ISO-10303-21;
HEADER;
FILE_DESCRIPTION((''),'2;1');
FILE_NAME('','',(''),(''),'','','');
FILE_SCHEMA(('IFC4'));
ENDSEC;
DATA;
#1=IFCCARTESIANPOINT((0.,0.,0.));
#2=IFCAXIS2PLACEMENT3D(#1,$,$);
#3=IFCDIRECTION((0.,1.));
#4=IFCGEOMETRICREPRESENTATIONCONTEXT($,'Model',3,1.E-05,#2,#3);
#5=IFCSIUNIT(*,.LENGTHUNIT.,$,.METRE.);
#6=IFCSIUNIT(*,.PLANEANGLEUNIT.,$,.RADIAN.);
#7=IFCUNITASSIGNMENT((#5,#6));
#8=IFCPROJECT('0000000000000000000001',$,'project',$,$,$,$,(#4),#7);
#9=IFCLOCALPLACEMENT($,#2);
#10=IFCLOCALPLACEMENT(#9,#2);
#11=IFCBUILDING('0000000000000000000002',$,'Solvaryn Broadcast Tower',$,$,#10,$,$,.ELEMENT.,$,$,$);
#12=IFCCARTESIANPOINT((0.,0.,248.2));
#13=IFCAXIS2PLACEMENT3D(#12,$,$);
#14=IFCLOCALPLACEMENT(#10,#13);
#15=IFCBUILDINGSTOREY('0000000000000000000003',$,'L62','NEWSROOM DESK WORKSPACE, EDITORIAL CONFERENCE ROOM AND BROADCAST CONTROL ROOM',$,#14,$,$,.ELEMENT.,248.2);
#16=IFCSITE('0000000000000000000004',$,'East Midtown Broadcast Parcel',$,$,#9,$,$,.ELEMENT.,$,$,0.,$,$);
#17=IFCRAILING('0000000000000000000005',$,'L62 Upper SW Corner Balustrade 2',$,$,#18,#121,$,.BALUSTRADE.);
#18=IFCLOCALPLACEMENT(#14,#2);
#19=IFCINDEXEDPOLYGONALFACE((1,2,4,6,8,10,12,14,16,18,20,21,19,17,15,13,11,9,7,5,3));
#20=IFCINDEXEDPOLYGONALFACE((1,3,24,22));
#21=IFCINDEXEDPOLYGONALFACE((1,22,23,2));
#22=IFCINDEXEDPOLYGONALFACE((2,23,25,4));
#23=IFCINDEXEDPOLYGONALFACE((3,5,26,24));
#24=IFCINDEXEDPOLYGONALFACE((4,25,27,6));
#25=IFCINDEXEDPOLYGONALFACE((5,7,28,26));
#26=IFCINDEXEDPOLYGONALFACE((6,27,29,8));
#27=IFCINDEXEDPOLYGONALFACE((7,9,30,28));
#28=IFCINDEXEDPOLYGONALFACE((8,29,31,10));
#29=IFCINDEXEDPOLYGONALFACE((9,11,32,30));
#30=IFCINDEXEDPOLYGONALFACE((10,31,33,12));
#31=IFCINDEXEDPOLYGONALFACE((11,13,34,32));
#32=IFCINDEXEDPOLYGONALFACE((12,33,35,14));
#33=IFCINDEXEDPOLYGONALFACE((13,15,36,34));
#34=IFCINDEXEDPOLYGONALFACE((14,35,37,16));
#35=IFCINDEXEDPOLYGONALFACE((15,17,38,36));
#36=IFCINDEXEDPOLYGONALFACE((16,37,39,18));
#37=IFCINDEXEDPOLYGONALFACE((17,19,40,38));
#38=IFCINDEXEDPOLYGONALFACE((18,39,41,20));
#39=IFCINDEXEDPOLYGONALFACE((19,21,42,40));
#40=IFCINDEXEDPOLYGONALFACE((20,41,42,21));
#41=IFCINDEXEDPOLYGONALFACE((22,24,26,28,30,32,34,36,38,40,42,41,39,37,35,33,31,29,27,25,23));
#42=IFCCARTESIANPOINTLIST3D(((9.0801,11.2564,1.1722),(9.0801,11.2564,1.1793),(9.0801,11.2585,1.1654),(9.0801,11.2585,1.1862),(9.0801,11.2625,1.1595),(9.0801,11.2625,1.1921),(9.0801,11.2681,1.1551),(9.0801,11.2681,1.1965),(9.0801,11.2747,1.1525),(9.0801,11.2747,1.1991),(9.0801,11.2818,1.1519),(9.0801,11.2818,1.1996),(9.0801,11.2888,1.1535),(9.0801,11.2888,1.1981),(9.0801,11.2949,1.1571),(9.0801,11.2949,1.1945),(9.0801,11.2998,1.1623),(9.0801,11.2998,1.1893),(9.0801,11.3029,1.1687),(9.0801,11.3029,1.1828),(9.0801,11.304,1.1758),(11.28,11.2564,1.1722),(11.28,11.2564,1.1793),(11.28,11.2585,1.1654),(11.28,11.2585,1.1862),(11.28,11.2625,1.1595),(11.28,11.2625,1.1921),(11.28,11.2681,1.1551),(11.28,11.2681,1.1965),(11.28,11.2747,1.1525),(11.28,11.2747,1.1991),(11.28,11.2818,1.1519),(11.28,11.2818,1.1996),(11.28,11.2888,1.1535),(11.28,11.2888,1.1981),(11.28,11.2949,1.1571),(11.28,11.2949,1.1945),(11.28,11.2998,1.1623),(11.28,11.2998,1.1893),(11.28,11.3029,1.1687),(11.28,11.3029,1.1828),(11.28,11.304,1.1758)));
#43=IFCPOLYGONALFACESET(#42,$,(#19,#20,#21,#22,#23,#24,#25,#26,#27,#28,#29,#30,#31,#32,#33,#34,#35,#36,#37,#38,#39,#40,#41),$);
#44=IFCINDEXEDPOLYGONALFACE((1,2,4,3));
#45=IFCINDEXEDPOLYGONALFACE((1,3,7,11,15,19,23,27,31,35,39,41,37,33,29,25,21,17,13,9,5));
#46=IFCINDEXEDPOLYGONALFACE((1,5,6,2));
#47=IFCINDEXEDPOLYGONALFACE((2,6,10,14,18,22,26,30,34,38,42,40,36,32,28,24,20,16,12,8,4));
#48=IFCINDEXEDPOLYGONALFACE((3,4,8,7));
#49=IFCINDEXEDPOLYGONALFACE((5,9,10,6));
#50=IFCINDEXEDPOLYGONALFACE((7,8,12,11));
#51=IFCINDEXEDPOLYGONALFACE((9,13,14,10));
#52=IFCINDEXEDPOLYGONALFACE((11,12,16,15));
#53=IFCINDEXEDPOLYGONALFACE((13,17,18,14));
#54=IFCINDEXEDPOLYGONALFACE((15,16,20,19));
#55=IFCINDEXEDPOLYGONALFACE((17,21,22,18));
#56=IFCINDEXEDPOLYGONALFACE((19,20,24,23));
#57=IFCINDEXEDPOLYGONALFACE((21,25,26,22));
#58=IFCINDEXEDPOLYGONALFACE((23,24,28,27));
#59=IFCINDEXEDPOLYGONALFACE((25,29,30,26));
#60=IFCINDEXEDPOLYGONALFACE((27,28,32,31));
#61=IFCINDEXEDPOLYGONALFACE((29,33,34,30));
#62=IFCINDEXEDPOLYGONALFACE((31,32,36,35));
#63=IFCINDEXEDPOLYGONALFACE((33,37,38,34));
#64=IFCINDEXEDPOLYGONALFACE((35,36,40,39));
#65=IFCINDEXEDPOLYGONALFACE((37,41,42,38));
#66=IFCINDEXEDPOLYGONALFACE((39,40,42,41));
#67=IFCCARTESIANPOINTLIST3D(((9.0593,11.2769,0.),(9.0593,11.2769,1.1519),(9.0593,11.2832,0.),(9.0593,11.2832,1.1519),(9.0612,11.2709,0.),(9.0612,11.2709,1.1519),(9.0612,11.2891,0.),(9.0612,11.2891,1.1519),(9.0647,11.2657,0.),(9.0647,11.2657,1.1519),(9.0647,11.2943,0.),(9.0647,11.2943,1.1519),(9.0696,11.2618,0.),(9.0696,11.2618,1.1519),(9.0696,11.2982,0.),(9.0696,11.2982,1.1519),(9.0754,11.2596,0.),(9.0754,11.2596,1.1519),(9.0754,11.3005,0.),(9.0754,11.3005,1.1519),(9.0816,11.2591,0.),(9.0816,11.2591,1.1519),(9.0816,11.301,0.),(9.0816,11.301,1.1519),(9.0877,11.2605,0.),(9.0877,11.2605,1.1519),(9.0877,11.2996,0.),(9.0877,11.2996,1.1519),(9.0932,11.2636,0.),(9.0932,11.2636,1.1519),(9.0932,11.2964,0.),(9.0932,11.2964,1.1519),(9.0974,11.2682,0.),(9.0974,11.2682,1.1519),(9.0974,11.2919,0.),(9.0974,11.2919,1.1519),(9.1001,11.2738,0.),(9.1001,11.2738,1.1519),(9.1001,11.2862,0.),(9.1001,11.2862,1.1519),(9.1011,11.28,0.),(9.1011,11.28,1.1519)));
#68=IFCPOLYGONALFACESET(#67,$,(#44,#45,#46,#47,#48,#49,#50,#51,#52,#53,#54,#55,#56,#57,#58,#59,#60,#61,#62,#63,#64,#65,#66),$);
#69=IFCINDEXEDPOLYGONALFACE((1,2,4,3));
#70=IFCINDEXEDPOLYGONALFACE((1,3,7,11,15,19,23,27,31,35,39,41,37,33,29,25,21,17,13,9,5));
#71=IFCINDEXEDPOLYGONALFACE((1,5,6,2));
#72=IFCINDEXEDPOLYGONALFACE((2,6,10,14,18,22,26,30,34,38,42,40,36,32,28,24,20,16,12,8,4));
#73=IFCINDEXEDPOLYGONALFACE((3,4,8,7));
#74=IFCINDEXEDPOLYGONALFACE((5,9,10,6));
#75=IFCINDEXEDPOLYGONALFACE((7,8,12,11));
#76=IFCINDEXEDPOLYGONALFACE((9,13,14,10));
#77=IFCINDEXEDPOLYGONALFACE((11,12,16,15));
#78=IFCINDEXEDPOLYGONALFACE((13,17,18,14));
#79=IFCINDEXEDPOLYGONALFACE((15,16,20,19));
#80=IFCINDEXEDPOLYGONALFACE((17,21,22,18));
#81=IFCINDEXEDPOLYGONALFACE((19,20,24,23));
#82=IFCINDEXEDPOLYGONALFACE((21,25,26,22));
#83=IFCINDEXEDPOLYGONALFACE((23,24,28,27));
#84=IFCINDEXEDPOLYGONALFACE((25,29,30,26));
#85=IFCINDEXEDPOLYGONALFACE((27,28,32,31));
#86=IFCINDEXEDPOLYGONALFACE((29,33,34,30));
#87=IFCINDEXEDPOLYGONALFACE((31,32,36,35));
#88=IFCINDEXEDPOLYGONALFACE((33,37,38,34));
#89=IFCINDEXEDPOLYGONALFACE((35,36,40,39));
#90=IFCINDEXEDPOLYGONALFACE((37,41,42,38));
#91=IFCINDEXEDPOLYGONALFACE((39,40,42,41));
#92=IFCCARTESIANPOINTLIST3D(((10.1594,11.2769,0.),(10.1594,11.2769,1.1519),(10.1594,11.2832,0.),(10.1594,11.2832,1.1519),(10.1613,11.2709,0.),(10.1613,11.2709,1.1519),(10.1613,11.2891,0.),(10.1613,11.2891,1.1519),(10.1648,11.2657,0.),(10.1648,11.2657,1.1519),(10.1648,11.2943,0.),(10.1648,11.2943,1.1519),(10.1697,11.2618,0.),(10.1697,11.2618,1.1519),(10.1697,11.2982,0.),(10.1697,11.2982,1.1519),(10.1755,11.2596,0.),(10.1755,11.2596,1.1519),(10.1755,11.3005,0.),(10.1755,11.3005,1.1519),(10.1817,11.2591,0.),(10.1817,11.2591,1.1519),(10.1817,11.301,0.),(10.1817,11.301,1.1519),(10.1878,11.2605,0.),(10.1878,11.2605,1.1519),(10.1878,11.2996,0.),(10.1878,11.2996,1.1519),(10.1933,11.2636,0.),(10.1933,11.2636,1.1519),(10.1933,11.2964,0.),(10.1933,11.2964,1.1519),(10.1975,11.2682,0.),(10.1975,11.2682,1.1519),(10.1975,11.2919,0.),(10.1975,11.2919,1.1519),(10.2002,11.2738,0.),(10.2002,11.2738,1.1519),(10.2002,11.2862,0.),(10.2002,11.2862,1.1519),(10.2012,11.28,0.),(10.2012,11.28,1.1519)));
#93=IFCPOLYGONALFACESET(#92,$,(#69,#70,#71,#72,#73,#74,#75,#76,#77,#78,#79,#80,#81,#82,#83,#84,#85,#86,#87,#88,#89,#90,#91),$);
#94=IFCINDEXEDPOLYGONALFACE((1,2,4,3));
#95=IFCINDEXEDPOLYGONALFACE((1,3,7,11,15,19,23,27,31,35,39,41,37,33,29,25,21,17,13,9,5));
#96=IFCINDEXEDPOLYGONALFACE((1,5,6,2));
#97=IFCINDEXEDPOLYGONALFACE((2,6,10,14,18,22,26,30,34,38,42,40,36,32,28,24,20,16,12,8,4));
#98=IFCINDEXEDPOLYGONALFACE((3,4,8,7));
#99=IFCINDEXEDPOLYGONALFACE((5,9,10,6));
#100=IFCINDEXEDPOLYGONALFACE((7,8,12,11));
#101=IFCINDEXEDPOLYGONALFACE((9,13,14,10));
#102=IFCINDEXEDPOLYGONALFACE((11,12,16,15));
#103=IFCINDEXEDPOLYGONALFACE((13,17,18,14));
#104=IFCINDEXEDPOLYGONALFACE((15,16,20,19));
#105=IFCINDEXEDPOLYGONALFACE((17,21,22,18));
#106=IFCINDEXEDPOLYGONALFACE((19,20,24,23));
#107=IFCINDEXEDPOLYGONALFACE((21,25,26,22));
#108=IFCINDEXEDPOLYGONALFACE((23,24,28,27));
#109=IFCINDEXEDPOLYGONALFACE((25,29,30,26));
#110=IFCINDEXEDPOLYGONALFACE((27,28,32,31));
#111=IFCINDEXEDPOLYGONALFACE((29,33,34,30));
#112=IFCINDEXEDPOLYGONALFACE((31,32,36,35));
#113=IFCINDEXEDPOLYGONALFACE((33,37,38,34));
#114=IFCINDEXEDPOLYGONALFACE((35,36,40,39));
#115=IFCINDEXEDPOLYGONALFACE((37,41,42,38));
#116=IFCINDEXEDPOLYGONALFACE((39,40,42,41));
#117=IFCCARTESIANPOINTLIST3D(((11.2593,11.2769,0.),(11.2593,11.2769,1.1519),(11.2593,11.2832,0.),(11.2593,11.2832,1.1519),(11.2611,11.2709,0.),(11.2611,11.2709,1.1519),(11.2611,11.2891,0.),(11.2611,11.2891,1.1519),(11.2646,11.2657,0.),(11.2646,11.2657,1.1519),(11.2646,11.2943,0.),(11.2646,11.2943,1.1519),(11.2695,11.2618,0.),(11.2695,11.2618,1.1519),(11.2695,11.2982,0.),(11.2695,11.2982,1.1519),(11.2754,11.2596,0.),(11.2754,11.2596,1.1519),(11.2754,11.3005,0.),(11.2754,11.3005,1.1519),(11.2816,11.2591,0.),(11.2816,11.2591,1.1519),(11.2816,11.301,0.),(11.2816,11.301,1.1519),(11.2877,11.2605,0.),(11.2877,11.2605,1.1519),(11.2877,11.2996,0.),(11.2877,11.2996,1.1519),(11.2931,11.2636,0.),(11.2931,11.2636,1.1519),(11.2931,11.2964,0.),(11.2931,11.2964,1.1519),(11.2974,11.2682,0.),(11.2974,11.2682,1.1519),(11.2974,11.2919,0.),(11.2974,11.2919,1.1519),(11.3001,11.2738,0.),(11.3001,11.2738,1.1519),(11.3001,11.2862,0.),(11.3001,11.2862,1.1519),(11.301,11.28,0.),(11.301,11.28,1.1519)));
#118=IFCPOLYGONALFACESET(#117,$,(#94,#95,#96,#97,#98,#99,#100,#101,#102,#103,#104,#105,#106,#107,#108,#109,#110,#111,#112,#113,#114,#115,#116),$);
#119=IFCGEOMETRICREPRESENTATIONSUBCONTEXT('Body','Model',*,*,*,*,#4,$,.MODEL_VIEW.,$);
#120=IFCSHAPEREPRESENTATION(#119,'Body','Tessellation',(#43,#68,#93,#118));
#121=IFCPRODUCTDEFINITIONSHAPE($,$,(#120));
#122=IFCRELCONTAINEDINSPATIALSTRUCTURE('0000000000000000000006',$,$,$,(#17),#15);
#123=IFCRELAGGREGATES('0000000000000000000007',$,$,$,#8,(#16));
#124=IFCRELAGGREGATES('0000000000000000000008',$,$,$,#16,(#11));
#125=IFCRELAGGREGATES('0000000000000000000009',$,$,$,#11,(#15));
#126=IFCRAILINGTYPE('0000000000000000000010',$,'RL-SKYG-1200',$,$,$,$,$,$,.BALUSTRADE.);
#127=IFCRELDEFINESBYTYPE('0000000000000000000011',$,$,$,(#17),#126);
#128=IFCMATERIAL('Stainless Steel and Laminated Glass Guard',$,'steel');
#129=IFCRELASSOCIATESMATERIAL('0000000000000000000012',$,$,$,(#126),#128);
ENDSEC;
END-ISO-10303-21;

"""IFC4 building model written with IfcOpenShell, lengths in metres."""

from ifc_helpers import new_model, si_unit, direction, frame, origin, origin_2d, place, context, subcontext, project, spatial, circle, extrude, material, type_object, element, save


model = new_model("IFC4")

# Units and contexts
model_context = context("Model", 3, precision=1e-05, world=origin(), true_north=direction((0.0, 1.0)))
body_context = subcontext(model_context, "Body", "Model", "MODEL_VIEW")
ifc_project = project(units=[si_unit("LENGTHUNIT", "METRE"), si_unit("PLANEANGLEUNIT", "RADIAN")], contexts=[model_context])

# Site, building, storey
site_placement = place(None, origin())
site = spatial("IfcSite", under=ifc_project, at=site_placement, Name="East Midtown Broadcast Parcel", CompositionType="ELEMENT", RefElevation=0.0)
building_placement = place(site_placement, origin())
building = spatial("IfcBuilding", under=site, at=building_placement, Name="Solvaryn Broadcast Tower", CompositionType="ELEMENT")
storey_placement = place(building_placement, frame((0.0, 0.0, 248.2)))
storey = spatial("IfcBuildingStorey", under=building, at=storey_placement, Name="L62", Description="NEWSROOM DESK WORKSPACE, EDITORIAL CONFERENCE ROOM AND BROADCAST CONTROL ROOM", CompositionType="ELEMENT", Elevation=248.2)

# Railing
ifc_material_1 = material(Name="Stainless Steel and Laminated Glass Guard", Category="steel")
railing_type = type_object("IfcRailingType", Name="RL-SKYG-1200", PredefinedType="BALUSTRADE", material=ifc_material_1)
railing_1_placement = place(storey_placement, frame((9.0801, 11.28, 0.0)))
element("IfcRailing", 1, at=railing_1_placement, inside=storey, type_object=railing_type, Name="L62 Upper SW Corner Balustrade 2", PredefinedType="BALUSTRADE", context=body_context, shape_type="SweptSolid", body=[
    extrude(circle(Radius=0.0239, at=origin_2d()), frame((0.0, 0.0, 1.1758), z_axis=(1.0, 0.0, 0.0), x_axis=(0.0, 1.0, 0.0)), (0.0, 0.0, 1.0), 2.2),
    extrude(circle(Radius=0.021, at=origin_2d()), origin(), (0.0, 0.0, 1.0), 1.1519),
    extrude(circle(Radius=0.021, at=origin_2d()), frame((1.1001, 0.0, 0.0)), (0.0, 0.0, 1.0), 1.1519),
    extrude(circle(Radius=0.021, at=origin_2d()), frame((2.2, 0.0, 0.0)), (0.0, 0.0, 1.0), 1.1519),
])

save(model, "model.ifc")
